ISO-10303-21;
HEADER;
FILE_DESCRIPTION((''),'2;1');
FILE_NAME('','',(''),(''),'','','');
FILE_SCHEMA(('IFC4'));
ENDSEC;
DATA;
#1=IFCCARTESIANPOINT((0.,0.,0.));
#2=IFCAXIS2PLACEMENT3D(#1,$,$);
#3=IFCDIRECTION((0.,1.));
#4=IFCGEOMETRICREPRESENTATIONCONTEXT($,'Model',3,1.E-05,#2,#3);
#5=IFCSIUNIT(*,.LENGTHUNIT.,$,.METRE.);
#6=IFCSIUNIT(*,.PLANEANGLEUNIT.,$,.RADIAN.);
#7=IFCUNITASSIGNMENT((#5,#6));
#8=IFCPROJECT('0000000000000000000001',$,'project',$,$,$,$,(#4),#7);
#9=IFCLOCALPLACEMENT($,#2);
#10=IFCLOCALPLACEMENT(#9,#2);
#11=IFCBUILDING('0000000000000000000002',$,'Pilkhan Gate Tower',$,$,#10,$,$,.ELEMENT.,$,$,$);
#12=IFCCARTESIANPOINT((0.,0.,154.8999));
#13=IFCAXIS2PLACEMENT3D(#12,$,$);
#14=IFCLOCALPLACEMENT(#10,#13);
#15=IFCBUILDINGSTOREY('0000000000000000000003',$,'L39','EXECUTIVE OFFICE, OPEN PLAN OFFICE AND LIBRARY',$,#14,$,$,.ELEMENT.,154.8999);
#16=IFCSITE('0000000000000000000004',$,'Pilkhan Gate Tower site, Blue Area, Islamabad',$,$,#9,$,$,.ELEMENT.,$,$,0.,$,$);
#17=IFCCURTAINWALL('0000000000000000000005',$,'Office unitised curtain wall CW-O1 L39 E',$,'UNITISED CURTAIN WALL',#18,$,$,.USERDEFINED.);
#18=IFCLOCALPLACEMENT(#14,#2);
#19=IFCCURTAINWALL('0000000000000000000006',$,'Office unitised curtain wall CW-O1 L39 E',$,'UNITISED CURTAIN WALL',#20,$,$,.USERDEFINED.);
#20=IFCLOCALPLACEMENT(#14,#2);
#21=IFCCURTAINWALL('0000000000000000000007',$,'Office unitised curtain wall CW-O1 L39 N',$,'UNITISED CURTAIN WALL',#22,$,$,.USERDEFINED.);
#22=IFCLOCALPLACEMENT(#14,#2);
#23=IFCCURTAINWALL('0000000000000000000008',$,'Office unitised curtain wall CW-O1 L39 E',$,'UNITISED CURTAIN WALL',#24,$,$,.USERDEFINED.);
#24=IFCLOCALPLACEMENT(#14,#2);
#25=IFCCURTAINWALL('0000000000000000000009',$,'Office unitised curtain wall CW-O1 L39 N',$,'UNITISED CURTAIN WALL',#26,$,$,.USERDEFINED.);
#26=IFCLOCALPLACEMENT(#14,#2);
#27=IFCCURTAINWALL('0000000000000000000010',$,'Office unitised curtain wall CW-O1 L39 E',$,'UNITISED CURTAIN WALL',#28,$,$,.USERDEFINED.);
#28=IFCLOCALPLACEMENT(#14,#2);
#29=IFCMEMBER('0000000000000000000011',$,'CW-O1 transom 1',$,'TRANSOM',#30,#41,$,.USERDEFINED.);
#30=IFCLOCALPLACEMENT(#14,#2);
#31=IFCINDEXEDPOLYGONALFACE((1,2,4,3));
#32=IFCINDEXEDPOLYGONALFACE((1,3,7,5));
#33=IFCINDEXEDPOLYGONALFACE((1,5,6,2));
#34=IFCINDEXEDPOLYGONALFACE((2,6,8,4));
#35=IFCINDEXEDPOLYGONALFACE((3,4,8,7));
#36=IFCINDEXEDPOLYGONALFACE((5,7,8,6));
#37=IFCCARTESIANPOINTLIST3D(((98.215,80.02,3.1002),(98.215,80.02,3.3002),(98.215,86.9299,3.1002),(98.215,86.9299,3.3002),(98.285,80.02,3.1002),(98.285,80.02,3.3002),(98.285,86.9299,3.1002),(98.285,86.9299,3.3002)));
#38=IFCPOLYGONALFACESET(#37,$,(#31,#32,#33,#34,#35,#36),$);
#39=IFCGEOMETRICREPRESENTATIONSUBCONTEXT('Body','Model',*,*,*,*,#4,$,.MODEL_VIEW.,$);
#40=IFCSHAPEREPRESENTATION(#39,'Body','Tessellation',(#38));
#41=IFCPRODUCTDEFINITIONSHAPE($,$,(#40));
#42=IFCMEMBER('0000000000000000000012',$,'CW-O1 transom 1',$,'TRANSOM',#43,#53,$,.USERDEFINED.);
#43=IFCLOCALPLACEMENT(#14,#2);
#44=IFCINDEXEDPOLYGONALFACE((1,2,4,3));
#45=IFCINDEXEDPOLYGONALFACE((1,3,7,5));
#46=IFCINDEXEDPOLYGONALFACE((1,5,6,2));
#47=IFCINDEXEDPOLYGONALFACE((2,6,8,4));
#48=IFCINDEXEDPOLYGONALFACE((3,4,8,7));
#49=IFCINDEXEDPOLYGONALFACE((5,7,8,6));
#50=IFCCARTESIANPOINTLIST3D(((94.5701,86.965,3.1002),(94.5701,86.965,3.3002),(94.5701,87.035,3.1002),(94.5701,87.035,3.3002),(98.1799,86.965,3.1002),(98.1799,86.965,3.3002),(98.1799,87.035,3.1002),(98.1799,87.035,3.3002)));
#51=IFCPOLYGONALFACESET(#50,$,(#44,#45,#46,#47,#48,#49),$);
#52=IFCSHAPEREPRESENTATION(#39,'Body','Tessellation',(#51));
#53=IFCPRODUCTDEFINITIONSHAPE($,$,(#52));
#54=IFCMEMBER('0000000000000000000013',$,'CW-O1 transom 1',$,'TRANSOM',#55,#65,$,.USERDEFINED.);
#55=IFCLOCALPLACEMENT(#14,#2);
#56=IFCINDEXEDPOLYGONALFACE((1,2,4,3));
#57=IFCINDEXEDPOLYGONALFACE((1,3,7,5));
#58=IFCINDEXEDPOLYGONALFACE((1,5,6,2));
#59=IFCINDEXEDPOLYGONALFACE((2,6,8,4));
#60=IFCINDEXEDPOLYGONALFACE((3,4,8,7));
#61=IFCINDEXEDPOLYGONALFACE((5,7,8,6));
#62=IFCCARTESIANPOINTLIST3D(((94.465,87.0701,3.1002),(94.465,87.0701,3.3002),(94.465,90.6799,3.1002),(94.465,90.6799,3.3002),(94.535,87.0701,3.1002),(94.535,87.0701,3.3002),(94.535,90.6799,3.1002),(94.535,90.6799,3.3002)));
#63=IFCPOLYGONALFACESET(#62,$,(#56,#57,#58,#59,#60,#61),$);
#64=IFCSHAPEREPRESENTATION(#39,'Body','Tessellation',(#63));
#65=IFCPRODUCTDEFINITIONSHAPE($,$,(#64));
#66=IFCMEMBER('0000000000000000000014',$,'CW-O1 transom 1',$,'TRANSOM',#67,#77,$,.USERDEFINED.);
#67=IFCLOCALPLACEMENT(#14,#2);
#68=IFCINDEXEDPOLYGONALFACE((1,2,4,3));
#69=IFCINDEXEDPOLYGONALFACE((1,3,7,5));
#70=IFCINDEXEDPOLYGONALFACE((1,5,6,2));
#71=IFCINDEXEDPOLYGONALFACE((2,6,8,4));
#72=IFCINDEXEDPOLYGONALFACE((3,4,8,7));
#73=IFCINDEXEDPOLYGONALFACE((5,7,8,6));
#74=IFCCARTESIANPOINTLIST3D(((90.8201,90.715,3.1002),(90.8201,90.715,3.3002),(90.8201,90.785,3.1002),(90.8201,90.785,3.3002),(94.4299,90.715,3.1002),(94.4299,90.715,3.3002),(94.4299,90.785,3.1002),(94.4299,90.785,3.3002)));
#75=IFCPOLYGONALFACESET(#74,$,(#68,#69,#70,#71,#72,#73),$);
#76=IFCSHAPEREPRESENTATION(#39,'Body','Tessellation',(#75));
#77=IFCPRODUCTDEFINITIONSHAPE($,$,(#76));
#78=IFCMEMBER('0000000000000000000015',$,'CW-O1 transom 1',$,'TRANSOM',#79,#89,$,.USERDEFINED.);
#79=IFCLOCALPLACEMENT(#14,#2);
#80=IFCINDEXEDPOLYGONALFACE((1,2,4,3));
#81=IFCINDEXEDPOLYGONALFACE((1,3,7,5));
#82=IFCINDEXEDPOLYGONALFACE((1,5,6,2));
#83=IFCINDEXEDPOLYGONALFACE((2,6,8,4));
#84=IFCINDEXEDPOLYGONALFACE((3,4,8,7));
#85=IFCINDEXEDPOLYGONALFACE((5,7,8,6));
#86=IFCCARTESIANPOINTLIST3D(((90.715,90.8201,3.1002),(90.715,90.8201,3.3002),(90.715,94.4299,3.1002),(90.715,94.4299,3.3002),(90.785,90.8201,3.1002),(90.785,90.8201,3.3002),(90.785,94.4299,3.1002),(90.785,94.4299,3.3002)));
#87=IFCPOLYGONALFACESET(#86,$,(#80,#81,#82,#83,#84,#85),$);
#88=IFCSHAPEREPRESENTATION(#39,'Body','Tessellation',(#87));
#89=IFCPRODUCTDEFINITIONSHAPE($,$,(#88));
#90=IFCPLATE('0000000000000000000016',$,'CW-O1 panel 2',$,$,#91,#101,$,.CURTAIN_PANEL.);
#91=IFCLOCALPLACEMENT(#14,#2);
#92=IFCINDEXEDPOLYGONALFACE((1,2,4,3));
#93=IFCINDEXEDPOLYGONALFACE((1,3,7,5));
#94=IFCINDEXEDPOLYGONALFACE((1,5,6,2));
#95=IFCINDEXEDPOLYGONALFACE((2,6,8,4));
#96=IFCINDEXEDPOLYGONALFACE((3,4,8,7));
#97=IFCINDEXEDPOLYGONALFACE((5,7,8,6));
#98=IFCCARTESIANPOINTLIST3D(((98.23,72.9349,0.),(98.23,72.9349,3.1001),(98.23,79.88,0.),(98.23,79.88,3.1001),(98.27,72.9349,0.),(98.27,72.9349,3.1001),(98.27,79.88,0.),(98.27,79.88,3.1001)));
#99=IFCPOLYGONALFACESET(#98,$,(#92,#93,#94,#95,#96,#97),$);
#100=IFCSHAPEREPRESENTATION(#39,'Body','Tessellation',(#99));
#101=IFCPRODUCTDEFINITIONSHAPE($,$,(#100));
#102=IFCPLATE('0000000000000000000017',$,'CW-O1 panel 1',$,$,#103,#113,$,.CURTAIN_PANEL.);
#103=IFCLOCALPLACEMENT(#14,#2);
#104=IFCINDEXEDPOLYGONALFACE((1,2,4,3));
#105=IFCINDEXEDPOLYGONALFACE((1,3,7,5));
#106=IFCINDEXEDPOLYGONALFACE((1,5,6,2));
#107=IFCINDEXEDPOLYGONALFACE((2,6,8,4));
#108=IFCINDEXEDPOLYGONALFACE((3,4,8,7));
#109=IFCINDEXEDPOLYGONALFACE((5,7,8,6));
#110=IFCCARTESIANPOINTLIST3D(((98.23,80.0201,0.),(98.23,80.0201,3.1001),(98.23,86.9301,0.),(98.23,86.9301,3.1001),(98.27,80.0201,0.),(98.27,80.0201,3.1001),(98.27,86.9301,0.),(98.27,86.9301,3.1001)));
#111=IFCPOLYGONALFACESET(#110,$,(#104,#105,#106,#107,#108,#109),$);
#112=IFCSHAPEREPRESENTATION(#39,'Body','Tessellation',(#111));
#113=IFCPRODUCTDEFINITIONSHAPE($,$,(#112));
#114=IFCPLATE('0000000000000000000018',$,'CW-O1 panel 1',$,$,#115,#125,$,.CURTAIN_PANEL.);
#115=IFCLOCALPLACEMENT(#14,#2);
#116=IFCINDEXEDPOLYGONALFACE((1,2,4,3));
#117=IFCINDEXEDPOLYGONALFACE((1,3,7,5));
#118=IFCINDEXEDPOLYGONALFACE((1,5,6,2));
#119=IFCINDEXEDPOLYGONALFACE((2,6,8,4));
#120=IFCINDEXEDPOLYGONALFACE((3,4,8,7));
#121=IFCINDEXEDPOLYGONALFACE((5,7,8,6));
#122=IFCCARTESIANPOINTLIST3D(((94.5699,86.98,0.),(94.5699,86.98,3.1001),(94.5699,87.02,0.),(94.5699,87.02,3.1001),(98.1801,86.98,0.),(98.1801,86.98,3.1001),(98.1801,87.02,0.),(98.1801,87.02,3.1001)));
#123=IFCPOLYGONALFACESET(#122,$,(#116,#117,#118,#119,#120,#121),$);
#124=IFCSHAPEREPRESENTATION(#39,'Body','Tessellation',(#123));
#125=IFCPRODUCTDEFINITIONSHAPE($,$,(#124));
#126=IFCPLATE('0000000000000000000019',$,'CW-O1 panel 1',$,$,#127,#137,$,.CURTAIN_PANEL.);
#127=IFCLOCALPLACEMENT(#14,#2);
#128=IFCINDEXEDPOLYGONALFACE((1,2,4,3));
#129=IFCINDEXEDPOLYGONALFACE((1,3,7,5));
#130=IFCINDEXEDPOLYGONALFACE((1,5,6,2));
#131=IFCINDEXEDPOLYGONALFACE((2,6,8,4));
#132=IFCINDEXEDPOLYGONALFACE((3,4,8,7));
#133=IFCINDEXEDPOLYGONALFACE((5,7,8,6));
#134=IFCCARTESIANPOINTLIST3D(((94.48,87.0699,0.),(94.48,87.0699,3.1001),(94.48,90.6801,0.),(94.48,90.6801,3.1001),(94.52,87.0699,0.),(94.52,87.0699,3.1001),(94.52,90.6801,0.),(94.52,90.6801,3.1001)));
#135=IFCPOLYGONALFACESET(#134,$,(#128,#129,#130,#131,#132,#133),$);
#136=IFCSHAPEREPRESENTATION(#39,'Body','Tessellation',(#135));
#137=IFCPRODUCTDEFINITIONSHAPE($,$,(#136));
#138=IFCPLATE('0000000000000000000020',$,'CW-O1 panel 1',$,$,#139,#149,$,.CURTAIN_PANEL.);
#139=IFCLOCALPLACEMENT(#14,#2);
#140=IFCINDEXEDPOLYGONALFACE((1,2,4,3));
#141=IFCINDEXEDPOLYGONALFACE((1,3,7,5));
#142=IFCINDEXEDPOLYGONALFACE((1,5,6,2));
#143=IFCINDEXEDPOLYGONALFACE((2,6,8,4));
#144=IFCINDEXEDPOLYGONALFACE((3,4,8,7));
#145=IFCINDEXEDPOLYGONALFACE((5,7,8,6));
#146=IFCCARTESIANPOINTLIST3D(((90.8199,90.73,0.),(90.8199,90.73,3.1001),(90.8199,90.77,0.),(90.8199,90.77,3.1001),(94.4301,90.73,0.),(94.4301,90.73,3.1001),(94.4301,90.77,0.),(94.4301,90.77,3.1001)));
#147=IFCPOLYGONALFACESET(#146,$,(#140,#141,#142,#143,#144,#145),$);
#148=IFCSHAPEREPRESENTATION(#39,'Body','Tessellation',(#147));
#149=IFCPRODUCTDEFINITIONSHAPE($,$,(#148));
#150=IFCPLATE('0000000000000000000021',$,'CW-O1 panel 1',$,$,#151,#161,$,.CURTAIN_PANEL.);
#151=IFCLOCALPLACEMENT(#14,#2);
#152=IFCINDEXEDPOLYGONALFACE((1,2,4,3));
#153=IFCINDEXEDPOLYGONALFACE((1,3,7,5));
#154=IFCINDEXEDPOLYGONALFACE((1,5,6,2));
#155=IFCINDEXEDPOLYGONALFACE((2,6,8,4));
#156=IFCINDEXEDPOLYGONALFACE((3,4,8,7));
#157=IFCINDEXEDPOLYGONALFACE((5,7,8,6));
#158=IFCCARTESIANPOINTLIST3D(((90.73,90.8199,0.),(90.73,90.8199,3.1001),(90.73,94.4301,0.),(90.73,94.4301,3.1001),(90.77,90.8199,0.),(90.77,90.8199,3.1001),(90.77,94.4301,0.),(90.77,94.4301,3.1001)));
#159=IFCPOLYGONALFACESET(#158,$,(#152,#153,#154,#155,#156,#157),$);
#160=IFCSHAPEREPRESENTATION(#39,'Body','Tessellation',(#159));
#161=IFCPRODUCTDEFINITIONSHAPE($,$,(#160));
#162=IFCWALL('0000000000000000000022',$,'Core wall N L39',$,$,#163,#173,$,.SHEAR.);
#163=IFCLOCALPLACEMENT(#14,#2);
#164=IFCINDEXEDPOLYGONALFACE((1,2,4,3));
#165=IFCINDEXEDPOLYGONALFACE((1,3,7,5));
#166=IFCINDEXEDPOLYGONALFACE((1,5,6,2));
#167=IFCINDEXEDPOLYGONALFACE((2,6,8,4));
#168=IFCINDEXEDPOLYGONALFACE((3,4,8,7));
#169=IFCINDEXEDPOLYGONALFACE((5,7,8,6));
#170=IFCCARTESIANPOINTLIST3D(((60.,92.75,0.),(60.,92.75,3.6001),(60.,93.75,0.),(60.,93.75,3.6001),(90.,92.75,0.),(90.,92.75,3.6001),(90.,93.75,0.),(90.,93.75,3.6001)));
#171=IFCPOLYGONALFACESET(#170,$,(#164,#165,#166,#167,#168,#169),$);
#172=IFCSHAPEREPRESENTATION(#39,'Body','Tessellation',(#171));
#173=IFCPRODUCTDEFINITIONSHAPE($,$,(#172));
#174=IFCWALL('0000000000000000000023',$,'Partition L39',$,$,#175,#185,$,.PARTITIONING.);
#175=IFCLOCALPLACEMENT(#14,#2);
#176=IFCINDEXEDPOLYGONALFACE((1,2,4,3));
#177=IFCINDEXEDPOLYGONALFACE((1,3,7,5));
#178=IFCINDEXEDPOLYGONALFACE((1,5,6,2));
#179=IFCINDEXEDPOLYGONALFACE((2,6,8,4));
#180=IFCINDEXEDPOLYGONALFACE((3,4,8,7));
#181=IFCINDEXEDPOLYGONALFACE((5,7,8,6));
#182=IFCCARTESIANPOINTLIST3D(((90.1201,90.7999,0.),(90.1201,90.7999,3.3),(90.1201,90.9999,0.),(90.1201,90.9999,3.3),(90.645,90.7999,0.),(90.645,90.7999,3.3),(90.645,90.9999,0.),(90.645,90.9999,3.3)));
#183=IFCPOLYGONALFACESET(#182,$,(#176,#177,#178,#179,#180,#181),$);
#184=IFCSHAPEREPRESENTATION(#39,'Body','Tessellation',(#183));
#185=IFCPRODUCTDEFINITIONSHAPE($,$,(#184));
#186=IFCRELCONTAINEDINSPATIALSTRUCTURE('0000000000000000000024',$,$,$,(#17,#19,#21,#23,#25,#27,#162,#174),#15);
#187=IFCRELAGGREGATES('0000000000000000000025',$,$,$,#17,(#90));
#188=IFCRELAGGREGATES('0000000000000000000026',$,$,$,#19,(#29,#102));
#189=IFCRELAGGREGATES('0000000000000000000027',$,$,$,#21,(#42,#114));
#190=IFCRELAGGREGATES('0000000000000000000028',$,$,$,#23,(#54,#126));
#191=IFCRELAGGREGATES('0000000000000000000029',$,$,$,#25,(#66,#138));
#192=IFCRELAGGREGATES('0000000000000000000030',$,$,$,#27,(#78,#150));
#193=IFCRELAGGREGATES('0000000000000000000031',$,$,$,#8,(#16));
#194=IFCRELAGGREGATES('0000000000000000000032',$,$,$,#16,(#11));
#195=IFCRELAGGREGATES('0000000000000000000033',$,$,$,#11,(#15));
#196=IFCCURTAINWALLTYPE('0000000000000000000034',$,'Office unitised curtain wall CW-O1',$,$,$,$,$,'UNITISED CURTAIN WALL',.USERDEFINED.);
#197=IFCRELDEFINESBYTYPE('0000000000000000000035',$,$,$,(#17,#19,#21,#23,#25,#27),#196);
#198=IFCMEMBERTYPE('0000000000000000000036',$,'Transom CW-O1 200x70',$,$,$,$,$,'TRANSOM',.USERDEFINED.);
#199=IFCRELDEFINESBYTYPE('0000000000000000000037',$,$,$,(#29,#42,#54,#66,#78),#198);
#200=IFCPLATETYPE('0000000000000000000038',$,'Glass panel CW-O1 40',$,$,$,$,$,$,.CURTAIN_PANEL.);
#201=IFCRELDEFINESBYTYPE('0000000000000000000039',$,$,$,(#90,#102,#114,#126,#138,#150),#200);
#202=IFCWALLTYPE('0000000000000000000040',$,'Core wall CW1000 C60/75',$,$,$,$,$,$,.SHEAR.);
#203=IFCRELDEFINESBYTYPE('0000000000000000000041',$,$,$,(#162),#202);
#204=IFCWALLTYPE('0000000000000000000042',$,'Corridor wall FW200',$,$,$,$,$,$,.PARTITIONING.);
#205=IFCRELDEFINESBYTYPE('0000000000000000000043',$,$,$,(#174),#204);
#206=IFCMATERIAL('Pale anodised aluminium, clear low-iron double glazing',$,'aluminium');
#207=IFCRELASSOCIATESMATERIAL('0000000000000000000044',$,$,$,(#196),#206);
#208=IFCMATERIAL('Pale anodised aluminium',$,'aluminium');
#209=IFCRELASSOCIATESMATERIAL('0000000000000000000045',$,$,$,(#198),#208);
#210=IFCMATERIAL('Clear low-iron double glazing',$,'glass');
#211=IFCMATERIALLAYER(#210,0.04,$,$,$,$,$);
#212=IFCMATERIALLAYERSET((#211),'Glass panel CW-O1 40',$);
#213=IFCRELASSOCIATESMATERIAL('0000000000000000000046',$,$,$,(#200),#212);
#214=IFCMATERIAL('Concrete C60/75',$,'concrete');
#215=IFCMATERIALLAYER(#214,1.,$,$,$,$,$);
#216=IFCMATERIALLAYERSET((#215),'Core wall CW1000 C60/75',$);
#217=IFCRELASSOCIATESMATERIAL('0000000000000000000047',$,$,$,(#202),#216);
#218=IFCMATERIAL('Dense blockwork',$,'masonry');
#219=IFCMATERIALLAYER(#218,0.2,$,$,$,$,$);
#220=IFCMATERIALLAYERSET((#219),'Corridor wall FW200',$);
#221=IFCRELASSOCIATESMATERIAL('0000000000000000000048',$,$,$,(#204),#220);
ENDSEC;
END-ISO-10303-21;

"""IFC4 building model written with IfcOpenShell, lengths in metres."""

from ifc_helpers import new_model, si_unit, direction, frame, frame_2d, origin, origin_2d, place, context, subcontext, project, spatial, rectangle, extrude, material, layer, layer_set, material_profile, profile_set, type_object, element, aggregate, save


model = new_model("IFC4")

# Units and contexts
model_context = context("Model", 3, precision=1e-05, world=origin(), true_north=direction((0.0, 1.0)))
body_context = subcontext(model_context, "Body", "Model", "MODEL_VIEW")
ifc_project = project(units=[si_unit("LENGTHUNIT", "METRE"), si_unit("PLANEANGLEUNIT", "RADIAN")], contexts=[model_context])

# Site, building, storey
site_placement = place(None, origin())
site = spatial("IfcSite", under=ifc_project, at=site_placement, Name="Pilkhan Gate Tower site, Blue Area, Islamabad", CompositionType="ELEMENT", RefElevation=0.0)
building_placement = place(site_placement, origin())
building = spatial("IfcBuilding", under=site, at=building_placement, Name="Pilkhan Gate Tower", CompositionType="ELEMENT")
storey_placement = place(building_placement, frame((0.0, 0.0, 154.8999)))
storey = spatial("IfcBuildingStorey", under=building, at=storey_placement, Name="L39", Description="EXECUTIVE OFFICE, OPEN PLAN OFFICE AND LIBRARY", CompositionType="ELEMENT", Elevation=154.8999)

# Shared definitions
ifc_material_1 = material(Name="Concrete C60/75", Category="concrete")

# Curtain wall
ifc_material_2 = material(Name="Pale anodised aluminium, clear low-iron double glazing", Category="aluminium")
curtain_wall_type = type_object("IfcCurtainWallType", Name="Office unitised curtain wall CW-O1", ElementType="UNITISED CURTAIN WALL", PredefinedType="USERDEFINED", material=ifc_material_2)
curtain_wall_1_placement = place(storey_placement, origin())
curtain_wall_1 = element("IfcCurtainWall", 1, at=curtain_wall_1_placement, inside=storey, type_object=curtain_wall_type, Name="Office unitised curtain wall CW-O1 L39 E", ObjectType="UNITISED CURTAIN WALL", PredefinedType="USERDEFINED")
ifc_material_3 = material(Name="Pale anodised aluminium", Category="aluminium")

# Curtain walls
curtain_wall_2_placement = place(storey_placement, origin())
curtain_wall_2 = element("IfcCurtainWall", 2, at=curtain_wall_2_placement, inside=storey, type_object=curtain_wall_type, Name="Office unitised curtain wall CW-O1 L39 E", ObjectType="UNITISED CURTAIN WALL", PredefinedType="USERDEFINED")
curtain_wall_3_placement = place(storey_placement, origin())
curtain_wall_3 = element("IfcCurtainWall", 3, at=curtain_wall_3_placement, inside=storey, type_object=curtain_wall_type, Name="Office unitised curtain wall CW-O1 L39 N", ObjectType="UNITISED CURTAIN WALL", PredefinedType="USERDEFINED")
curtain_wall_4_placement = place(storey_placement, origin())
curtain_wall_4 = element("IfcCurtainWall", 4, at=curtain_wall_4_placement, inside=storey, type_object=curtain_wall_type, Name="Office unitised curtain wall CW-O1 L39 E", ObjectType="UNITISED CURTAIN WALL", PredefinedType="USERDEFINED")
curtain_wall_5_placement = place(storey_placement, origin())
curtain_wall_5 = element("IfcCurtainWall", 5, at=curtain_wall_5_placement, inside=storey, type_object=curtain_wall_type, Name="Office unitised curtain wall CW-O1 L39 N", ObjectType="UNITISED CURTAIN WALL", PredefinedType="USERDEFINED")
curtain_wall_6_placement = place(storey_placement, origin())
curtain_wall_6 = element("IfcCurtainWall", 6, at=curtain_wall_6_placement, inside=storey, type_object=curtain_wall_type, Name="Office unitised curtain wall CW-O1 L39 E", ObjectType="UNITISED CURTAIN WALL", PredefinedType="USERDEFINED")

# Members
ifc_material_profile_1 = material_profile(ifc_material_3, rectangle(XDim=0.0701, YDim=0.2, at=origin_2d()), Name="Transom 200x70")
ifc_profile_set_1 = profile_set([ifc_material_profile_1], Name="Pale anodised aluminium")
member_type_1 = type_object("IfcMemberType", Name="Transom CW-O1 200x70", ElementType="TRANSOM", PredefinedType="USERDEFINED", material=ifc_profile_set_1)
member_1_placement = place(storey_placement, frame((98.25, 80.02, 3.2002), z_axis=(0.0, 1.0, 0.0), x_axis=(-1.0, 0.0, 0.0)))
member_1 = element("IfcMember", 7, at=member_1_placement, type_object=member_type_1, Name="CW-O1 transom 1", ObjectType="TRANSOM", PredefinedType="USERDEFINED", context=body_context, shape_type="SweptSolid", body=[
    extrude(rectangle(XDim=0.0701, YDim=0.2, at=origin_2d()), origin(), (0.0, 0.0, 1.0), 6.9099),
])
member_2_placement = place(storey_placement, frame((94.5701, 87.0, 3.2002), z_axis=(1.0, 0.0, 0.0), x_axis=(0.0, 1.0, 0.0)))
member_2 = element("IfcMember", 8, at=member_2_placement, type_object=member_type_1, Name="CW-O1 transom 1", ObjectType="TRANSOM", PredefinedType="USERDEFINED", context=body_context, shape_type="SweptSolid", body=[
    extrude(rectangle(XDim=0.0701, YDim=0.2, at=origin_2d()), origin(), (0.0, 0.0, 1.0), 3.6099),
])
member_3_placement = place(storey_placement, frame((94.5, 87.0701, 3.2002), z_axis=(0.0, 1.0, 0.0), x_axis=(-1.0, 0.0, 0.0)))
member_3 = element("IfcMember", 9, at=member_3_placement, type_object=member_type_1, Name="CW-O1 transom 1", ObjectType="TRANSOM", PredefinedType="USERDEFINED", context=body_context, shape_type="SweptSolid", body=[
    extrude(rectangle(XDim=0.0701, YDim=0.2, at=origin_2d()), origin(), (0.0, 0.0, 1.0), 3.6099),
])
member_4_placement = place(storey_placement, frame((90.8201, 90.75, 3.2002), z_axis=(1.0, 0.0, 0.0), x_axis=(0.0, 1.0, 0.0)))
member_4 = element("IfcMember", 10, at=member_4_placement, type_object=member_type_1, Name="CW-O1 transom 1", ObjectType="TRANSOM", PredefinedType="USERDEFINED", context=body_context, shape_type="SweptSolid", body=[
    extrude(rectangle(XDim=0.0701, YDim=0.2, at=origin_2d()), origin(), (0.0, 0.0, 1.0), 3.6099),
])
member_5_placement = place(storey_placement, frame((90.75, 90.8201, 3.2002), z_axis=(0.0, 1.0, 0.0), x_axis=(-1.0, 0.0, 0.0)))
member_5 = element("IfcMember", 11, at=member_5_placement, type_object=member_type_1, Name="CW-O1 transom 1", ObjectType="TRANSOM", PredefinedType="USERDEFINED", context=body_context, shape_type="SweptSolid", body=[
    extrude(rectangle(XDim=0.0701, YDim=0.2, at=origin_2d()), origin(), (0.0, 0.0, 1.0), 3.6099),
])

# Plates
ifc_material_4 = material(Name="Clear low-iron double glazing", Category="glass")
ifc_layer_1 = layer(ifc_material_4, 0.04)
ifc_layer_set_1 = layer_set([ifc_layer_1], Name="Glass panel CW-O1 40")
plate_type = type_object("IfcPlateType", Name="Glass panel CW-O1 40", PredefinedType="CURTAIN_PANEL", material=ifc_layer_set_1)
plate_1_placement = place(storey_placement, frame((98.25, 76.4075, 0.0), z_axis=(0.0, 0.0, 1.0), x_axis=(0.0, 1.0, 0.0)))
plate_1 = element("IfcPlate", 12, at=plate_1_placement, type_object=plate_type, Name="CW-O1 panel 2", PredefinedType="CURTAIN_PANEL", context=body_context, shape_type="SweptSolid", body=[
    extrude(rectangle(XDim=6.9451, YDim=0.04, at=origin_2d()), origin(), (0.0, 0.0, 1.0), 3.1001),
])
aggregate(curtain_wall_1, [plate_1])
plate_2_placement = place(storey_placement, frame((98.25, 83.4751, 0.0), z_axis=(0.0, 0.0, 1.0), x_axis=(0.0, 1.0, 0.0)))
plate_2 = element("IfcPlate", 13, at=plate_2_placement, type_object=plate_type, Name="CW-O1 panel 1", PredefinedType="CURTAIN_PANEL", context=body_context, shape_type="SweptSolid", body=[
    extrude(rectangle(XDim=6.9099, YDim=0.04, at=origin_2d()), origin(), (0.0, 0.0, 1.0), 3.1001),
])
aggregate(curtain_wall_2, [member_1, plate_2])
plate_3_placement = place(storey_placement, frame((96.375, 87.0, 0.0), z_axis=(0.0, 0.0, 1.0), x_axis=(1.0, 0.0, 0.0)))
plate_3 = element("IfcPlate", 14, at=plate_3_placement, type_object=plate_type, Name="CW-O1 panel 1", PredefinedType="CURTAIN_PANEL", context=body_context, shape_type="SweptSolid", body=[
    extrude(rectangle(XDim=3.6101, YDim=0.04, at=origin_2d()), origin(), (0.0, 0.0, 1.0), 3.1001),
])
aggregate(curtain_wall_3, [member_2, plate_3])
plate_4_placement = place(storey_placement, frame((94.5, 88.875, 0.0), z_axis=(0.0, 0.0, 1.0), x_axis=(0.0, 1.0, 0.0)))
plate_4 = element("IfcPlate", 15, at=plate_4_placement, type_object=plate_type, Name="CW-O1 panel 1", PredefinedType="CURTAIN_PANEL", context=body_context, shape_type="SweptSolid", body=[
    extrude(rectangle(XDim=3.6101, YDim=0.04, at=origin_2d()), origin(), (0.0, 0.0, 1.0), 3.1001),
])
aggregate(curtain_wall_4, [member_3, plate_4])
plate_5_placement = place(storey_placement, frame((92.625, 90.75, 0.0), z_axis=(0.0, 0.0, 1.0), x_axis=(1.0, 0.0, 0.0)))
plate_5 = element("IfcPlate", 16, at=plate_5_placement, type_object=plate_type, Name="CW-O1 panel 1", PredefinedType="CURTAIN_PANEL", context=body_context, shape_type="SweptSolid", body=[
    extrude(rectangle(XDim=3.6101, YDim=0.04, at=origin_2d()), origin(), (0.0, 0.0, 1.0), 3.1001),
])
aggregate(curtain_wall_5, [member_4, plate_5])
plate_6_placement = place(storey_placement, frame((90.75, 92.625, 0.0), z_axis=(0.0, 0.0, 1.0), x_axis=(0.0, 1.0, 0.0)))
plate_6 = element("IfcPlate", 17, at=plate_6_placement, type_object=plate_type, Name="CW-O1 panel 1", PredefinedType="CURTAIN_PANEL", context=body_context, shape_type="SweptSolid", body=[
    extrude(rectangle(XDim=3.6101, YDim=0.04, at=origin_2d()), origin(), (0.0, 0.0, 1.0), 3.1001),
])
aggregate(curtain_wall_6, [member_5, plate_6])

# Walls
ifc_layer_2 = layer(ifc_material_1, 1.0)
ifc_layer_set_2 = layer_set([ifc_layer_2], Name="Core wall CW1000 C60/75")
wall_type_1 = type_object("IfcWallType", Name="Core wall CW1000 C60/75", PredefinedType="SHEAR", material=ifc_layer_set_2)
wall_1_placement = place(storey_placement, frame((90.0, 93.25, 0.0), z_axis=(0.0, 0.0, 1.0), x_axis=(-1.0, 0.0, 0.0)))
element("IfcWall", 18, at=wall_1_placement, inside=storey, type_object=wall_type_1, Name="Core wall N L39", PredefinedType="SHEAR", context=body_context, shape_type="SweptSolid", body=[
    extrude(rectangle(XDim=30.0, YDim=1.0, at=frame_2d((15.0, 0.0))), origin(), (0.0, 0.0, 1.0), 3.6001),
])
ifc_material_5 = material(Name="Dense blockwork", Category="masonry")
ifc_layer_3 = layer(ifc_material_5, 0.2)
ifc_layer_set_3 = layer_set([ifc_layer_3], Name="Corridor wall FW200")
wall_type_2 = type_object("IfcWallType", Name="Corridor wall FW200", PredefinedType="PARTITIONING", material=ifc_layer_set_3)
wall_2_placement = place(storey_placement, frame((90.1201, 90.8999, 0.0), z_axis=(0.0, 0.0, 1.0), x_axis=(1.0, 0.0, 0.0)))
element("IfcWall", 19, at=wall_2_placement, inside=storey, type_object=wall_type_2, Name="Partition L39", PredefinedType="PARTITIONING", context=body_context, shape_type="SweptSolid", body=[
    extrude(rectangle(XDim=0.5249, YDim=0.2, at=frame_2d((0.2625, 0.0))), origin(), (0.0, 0.0, 1.0), 3.3),
])

save(model, "model.ifc")
